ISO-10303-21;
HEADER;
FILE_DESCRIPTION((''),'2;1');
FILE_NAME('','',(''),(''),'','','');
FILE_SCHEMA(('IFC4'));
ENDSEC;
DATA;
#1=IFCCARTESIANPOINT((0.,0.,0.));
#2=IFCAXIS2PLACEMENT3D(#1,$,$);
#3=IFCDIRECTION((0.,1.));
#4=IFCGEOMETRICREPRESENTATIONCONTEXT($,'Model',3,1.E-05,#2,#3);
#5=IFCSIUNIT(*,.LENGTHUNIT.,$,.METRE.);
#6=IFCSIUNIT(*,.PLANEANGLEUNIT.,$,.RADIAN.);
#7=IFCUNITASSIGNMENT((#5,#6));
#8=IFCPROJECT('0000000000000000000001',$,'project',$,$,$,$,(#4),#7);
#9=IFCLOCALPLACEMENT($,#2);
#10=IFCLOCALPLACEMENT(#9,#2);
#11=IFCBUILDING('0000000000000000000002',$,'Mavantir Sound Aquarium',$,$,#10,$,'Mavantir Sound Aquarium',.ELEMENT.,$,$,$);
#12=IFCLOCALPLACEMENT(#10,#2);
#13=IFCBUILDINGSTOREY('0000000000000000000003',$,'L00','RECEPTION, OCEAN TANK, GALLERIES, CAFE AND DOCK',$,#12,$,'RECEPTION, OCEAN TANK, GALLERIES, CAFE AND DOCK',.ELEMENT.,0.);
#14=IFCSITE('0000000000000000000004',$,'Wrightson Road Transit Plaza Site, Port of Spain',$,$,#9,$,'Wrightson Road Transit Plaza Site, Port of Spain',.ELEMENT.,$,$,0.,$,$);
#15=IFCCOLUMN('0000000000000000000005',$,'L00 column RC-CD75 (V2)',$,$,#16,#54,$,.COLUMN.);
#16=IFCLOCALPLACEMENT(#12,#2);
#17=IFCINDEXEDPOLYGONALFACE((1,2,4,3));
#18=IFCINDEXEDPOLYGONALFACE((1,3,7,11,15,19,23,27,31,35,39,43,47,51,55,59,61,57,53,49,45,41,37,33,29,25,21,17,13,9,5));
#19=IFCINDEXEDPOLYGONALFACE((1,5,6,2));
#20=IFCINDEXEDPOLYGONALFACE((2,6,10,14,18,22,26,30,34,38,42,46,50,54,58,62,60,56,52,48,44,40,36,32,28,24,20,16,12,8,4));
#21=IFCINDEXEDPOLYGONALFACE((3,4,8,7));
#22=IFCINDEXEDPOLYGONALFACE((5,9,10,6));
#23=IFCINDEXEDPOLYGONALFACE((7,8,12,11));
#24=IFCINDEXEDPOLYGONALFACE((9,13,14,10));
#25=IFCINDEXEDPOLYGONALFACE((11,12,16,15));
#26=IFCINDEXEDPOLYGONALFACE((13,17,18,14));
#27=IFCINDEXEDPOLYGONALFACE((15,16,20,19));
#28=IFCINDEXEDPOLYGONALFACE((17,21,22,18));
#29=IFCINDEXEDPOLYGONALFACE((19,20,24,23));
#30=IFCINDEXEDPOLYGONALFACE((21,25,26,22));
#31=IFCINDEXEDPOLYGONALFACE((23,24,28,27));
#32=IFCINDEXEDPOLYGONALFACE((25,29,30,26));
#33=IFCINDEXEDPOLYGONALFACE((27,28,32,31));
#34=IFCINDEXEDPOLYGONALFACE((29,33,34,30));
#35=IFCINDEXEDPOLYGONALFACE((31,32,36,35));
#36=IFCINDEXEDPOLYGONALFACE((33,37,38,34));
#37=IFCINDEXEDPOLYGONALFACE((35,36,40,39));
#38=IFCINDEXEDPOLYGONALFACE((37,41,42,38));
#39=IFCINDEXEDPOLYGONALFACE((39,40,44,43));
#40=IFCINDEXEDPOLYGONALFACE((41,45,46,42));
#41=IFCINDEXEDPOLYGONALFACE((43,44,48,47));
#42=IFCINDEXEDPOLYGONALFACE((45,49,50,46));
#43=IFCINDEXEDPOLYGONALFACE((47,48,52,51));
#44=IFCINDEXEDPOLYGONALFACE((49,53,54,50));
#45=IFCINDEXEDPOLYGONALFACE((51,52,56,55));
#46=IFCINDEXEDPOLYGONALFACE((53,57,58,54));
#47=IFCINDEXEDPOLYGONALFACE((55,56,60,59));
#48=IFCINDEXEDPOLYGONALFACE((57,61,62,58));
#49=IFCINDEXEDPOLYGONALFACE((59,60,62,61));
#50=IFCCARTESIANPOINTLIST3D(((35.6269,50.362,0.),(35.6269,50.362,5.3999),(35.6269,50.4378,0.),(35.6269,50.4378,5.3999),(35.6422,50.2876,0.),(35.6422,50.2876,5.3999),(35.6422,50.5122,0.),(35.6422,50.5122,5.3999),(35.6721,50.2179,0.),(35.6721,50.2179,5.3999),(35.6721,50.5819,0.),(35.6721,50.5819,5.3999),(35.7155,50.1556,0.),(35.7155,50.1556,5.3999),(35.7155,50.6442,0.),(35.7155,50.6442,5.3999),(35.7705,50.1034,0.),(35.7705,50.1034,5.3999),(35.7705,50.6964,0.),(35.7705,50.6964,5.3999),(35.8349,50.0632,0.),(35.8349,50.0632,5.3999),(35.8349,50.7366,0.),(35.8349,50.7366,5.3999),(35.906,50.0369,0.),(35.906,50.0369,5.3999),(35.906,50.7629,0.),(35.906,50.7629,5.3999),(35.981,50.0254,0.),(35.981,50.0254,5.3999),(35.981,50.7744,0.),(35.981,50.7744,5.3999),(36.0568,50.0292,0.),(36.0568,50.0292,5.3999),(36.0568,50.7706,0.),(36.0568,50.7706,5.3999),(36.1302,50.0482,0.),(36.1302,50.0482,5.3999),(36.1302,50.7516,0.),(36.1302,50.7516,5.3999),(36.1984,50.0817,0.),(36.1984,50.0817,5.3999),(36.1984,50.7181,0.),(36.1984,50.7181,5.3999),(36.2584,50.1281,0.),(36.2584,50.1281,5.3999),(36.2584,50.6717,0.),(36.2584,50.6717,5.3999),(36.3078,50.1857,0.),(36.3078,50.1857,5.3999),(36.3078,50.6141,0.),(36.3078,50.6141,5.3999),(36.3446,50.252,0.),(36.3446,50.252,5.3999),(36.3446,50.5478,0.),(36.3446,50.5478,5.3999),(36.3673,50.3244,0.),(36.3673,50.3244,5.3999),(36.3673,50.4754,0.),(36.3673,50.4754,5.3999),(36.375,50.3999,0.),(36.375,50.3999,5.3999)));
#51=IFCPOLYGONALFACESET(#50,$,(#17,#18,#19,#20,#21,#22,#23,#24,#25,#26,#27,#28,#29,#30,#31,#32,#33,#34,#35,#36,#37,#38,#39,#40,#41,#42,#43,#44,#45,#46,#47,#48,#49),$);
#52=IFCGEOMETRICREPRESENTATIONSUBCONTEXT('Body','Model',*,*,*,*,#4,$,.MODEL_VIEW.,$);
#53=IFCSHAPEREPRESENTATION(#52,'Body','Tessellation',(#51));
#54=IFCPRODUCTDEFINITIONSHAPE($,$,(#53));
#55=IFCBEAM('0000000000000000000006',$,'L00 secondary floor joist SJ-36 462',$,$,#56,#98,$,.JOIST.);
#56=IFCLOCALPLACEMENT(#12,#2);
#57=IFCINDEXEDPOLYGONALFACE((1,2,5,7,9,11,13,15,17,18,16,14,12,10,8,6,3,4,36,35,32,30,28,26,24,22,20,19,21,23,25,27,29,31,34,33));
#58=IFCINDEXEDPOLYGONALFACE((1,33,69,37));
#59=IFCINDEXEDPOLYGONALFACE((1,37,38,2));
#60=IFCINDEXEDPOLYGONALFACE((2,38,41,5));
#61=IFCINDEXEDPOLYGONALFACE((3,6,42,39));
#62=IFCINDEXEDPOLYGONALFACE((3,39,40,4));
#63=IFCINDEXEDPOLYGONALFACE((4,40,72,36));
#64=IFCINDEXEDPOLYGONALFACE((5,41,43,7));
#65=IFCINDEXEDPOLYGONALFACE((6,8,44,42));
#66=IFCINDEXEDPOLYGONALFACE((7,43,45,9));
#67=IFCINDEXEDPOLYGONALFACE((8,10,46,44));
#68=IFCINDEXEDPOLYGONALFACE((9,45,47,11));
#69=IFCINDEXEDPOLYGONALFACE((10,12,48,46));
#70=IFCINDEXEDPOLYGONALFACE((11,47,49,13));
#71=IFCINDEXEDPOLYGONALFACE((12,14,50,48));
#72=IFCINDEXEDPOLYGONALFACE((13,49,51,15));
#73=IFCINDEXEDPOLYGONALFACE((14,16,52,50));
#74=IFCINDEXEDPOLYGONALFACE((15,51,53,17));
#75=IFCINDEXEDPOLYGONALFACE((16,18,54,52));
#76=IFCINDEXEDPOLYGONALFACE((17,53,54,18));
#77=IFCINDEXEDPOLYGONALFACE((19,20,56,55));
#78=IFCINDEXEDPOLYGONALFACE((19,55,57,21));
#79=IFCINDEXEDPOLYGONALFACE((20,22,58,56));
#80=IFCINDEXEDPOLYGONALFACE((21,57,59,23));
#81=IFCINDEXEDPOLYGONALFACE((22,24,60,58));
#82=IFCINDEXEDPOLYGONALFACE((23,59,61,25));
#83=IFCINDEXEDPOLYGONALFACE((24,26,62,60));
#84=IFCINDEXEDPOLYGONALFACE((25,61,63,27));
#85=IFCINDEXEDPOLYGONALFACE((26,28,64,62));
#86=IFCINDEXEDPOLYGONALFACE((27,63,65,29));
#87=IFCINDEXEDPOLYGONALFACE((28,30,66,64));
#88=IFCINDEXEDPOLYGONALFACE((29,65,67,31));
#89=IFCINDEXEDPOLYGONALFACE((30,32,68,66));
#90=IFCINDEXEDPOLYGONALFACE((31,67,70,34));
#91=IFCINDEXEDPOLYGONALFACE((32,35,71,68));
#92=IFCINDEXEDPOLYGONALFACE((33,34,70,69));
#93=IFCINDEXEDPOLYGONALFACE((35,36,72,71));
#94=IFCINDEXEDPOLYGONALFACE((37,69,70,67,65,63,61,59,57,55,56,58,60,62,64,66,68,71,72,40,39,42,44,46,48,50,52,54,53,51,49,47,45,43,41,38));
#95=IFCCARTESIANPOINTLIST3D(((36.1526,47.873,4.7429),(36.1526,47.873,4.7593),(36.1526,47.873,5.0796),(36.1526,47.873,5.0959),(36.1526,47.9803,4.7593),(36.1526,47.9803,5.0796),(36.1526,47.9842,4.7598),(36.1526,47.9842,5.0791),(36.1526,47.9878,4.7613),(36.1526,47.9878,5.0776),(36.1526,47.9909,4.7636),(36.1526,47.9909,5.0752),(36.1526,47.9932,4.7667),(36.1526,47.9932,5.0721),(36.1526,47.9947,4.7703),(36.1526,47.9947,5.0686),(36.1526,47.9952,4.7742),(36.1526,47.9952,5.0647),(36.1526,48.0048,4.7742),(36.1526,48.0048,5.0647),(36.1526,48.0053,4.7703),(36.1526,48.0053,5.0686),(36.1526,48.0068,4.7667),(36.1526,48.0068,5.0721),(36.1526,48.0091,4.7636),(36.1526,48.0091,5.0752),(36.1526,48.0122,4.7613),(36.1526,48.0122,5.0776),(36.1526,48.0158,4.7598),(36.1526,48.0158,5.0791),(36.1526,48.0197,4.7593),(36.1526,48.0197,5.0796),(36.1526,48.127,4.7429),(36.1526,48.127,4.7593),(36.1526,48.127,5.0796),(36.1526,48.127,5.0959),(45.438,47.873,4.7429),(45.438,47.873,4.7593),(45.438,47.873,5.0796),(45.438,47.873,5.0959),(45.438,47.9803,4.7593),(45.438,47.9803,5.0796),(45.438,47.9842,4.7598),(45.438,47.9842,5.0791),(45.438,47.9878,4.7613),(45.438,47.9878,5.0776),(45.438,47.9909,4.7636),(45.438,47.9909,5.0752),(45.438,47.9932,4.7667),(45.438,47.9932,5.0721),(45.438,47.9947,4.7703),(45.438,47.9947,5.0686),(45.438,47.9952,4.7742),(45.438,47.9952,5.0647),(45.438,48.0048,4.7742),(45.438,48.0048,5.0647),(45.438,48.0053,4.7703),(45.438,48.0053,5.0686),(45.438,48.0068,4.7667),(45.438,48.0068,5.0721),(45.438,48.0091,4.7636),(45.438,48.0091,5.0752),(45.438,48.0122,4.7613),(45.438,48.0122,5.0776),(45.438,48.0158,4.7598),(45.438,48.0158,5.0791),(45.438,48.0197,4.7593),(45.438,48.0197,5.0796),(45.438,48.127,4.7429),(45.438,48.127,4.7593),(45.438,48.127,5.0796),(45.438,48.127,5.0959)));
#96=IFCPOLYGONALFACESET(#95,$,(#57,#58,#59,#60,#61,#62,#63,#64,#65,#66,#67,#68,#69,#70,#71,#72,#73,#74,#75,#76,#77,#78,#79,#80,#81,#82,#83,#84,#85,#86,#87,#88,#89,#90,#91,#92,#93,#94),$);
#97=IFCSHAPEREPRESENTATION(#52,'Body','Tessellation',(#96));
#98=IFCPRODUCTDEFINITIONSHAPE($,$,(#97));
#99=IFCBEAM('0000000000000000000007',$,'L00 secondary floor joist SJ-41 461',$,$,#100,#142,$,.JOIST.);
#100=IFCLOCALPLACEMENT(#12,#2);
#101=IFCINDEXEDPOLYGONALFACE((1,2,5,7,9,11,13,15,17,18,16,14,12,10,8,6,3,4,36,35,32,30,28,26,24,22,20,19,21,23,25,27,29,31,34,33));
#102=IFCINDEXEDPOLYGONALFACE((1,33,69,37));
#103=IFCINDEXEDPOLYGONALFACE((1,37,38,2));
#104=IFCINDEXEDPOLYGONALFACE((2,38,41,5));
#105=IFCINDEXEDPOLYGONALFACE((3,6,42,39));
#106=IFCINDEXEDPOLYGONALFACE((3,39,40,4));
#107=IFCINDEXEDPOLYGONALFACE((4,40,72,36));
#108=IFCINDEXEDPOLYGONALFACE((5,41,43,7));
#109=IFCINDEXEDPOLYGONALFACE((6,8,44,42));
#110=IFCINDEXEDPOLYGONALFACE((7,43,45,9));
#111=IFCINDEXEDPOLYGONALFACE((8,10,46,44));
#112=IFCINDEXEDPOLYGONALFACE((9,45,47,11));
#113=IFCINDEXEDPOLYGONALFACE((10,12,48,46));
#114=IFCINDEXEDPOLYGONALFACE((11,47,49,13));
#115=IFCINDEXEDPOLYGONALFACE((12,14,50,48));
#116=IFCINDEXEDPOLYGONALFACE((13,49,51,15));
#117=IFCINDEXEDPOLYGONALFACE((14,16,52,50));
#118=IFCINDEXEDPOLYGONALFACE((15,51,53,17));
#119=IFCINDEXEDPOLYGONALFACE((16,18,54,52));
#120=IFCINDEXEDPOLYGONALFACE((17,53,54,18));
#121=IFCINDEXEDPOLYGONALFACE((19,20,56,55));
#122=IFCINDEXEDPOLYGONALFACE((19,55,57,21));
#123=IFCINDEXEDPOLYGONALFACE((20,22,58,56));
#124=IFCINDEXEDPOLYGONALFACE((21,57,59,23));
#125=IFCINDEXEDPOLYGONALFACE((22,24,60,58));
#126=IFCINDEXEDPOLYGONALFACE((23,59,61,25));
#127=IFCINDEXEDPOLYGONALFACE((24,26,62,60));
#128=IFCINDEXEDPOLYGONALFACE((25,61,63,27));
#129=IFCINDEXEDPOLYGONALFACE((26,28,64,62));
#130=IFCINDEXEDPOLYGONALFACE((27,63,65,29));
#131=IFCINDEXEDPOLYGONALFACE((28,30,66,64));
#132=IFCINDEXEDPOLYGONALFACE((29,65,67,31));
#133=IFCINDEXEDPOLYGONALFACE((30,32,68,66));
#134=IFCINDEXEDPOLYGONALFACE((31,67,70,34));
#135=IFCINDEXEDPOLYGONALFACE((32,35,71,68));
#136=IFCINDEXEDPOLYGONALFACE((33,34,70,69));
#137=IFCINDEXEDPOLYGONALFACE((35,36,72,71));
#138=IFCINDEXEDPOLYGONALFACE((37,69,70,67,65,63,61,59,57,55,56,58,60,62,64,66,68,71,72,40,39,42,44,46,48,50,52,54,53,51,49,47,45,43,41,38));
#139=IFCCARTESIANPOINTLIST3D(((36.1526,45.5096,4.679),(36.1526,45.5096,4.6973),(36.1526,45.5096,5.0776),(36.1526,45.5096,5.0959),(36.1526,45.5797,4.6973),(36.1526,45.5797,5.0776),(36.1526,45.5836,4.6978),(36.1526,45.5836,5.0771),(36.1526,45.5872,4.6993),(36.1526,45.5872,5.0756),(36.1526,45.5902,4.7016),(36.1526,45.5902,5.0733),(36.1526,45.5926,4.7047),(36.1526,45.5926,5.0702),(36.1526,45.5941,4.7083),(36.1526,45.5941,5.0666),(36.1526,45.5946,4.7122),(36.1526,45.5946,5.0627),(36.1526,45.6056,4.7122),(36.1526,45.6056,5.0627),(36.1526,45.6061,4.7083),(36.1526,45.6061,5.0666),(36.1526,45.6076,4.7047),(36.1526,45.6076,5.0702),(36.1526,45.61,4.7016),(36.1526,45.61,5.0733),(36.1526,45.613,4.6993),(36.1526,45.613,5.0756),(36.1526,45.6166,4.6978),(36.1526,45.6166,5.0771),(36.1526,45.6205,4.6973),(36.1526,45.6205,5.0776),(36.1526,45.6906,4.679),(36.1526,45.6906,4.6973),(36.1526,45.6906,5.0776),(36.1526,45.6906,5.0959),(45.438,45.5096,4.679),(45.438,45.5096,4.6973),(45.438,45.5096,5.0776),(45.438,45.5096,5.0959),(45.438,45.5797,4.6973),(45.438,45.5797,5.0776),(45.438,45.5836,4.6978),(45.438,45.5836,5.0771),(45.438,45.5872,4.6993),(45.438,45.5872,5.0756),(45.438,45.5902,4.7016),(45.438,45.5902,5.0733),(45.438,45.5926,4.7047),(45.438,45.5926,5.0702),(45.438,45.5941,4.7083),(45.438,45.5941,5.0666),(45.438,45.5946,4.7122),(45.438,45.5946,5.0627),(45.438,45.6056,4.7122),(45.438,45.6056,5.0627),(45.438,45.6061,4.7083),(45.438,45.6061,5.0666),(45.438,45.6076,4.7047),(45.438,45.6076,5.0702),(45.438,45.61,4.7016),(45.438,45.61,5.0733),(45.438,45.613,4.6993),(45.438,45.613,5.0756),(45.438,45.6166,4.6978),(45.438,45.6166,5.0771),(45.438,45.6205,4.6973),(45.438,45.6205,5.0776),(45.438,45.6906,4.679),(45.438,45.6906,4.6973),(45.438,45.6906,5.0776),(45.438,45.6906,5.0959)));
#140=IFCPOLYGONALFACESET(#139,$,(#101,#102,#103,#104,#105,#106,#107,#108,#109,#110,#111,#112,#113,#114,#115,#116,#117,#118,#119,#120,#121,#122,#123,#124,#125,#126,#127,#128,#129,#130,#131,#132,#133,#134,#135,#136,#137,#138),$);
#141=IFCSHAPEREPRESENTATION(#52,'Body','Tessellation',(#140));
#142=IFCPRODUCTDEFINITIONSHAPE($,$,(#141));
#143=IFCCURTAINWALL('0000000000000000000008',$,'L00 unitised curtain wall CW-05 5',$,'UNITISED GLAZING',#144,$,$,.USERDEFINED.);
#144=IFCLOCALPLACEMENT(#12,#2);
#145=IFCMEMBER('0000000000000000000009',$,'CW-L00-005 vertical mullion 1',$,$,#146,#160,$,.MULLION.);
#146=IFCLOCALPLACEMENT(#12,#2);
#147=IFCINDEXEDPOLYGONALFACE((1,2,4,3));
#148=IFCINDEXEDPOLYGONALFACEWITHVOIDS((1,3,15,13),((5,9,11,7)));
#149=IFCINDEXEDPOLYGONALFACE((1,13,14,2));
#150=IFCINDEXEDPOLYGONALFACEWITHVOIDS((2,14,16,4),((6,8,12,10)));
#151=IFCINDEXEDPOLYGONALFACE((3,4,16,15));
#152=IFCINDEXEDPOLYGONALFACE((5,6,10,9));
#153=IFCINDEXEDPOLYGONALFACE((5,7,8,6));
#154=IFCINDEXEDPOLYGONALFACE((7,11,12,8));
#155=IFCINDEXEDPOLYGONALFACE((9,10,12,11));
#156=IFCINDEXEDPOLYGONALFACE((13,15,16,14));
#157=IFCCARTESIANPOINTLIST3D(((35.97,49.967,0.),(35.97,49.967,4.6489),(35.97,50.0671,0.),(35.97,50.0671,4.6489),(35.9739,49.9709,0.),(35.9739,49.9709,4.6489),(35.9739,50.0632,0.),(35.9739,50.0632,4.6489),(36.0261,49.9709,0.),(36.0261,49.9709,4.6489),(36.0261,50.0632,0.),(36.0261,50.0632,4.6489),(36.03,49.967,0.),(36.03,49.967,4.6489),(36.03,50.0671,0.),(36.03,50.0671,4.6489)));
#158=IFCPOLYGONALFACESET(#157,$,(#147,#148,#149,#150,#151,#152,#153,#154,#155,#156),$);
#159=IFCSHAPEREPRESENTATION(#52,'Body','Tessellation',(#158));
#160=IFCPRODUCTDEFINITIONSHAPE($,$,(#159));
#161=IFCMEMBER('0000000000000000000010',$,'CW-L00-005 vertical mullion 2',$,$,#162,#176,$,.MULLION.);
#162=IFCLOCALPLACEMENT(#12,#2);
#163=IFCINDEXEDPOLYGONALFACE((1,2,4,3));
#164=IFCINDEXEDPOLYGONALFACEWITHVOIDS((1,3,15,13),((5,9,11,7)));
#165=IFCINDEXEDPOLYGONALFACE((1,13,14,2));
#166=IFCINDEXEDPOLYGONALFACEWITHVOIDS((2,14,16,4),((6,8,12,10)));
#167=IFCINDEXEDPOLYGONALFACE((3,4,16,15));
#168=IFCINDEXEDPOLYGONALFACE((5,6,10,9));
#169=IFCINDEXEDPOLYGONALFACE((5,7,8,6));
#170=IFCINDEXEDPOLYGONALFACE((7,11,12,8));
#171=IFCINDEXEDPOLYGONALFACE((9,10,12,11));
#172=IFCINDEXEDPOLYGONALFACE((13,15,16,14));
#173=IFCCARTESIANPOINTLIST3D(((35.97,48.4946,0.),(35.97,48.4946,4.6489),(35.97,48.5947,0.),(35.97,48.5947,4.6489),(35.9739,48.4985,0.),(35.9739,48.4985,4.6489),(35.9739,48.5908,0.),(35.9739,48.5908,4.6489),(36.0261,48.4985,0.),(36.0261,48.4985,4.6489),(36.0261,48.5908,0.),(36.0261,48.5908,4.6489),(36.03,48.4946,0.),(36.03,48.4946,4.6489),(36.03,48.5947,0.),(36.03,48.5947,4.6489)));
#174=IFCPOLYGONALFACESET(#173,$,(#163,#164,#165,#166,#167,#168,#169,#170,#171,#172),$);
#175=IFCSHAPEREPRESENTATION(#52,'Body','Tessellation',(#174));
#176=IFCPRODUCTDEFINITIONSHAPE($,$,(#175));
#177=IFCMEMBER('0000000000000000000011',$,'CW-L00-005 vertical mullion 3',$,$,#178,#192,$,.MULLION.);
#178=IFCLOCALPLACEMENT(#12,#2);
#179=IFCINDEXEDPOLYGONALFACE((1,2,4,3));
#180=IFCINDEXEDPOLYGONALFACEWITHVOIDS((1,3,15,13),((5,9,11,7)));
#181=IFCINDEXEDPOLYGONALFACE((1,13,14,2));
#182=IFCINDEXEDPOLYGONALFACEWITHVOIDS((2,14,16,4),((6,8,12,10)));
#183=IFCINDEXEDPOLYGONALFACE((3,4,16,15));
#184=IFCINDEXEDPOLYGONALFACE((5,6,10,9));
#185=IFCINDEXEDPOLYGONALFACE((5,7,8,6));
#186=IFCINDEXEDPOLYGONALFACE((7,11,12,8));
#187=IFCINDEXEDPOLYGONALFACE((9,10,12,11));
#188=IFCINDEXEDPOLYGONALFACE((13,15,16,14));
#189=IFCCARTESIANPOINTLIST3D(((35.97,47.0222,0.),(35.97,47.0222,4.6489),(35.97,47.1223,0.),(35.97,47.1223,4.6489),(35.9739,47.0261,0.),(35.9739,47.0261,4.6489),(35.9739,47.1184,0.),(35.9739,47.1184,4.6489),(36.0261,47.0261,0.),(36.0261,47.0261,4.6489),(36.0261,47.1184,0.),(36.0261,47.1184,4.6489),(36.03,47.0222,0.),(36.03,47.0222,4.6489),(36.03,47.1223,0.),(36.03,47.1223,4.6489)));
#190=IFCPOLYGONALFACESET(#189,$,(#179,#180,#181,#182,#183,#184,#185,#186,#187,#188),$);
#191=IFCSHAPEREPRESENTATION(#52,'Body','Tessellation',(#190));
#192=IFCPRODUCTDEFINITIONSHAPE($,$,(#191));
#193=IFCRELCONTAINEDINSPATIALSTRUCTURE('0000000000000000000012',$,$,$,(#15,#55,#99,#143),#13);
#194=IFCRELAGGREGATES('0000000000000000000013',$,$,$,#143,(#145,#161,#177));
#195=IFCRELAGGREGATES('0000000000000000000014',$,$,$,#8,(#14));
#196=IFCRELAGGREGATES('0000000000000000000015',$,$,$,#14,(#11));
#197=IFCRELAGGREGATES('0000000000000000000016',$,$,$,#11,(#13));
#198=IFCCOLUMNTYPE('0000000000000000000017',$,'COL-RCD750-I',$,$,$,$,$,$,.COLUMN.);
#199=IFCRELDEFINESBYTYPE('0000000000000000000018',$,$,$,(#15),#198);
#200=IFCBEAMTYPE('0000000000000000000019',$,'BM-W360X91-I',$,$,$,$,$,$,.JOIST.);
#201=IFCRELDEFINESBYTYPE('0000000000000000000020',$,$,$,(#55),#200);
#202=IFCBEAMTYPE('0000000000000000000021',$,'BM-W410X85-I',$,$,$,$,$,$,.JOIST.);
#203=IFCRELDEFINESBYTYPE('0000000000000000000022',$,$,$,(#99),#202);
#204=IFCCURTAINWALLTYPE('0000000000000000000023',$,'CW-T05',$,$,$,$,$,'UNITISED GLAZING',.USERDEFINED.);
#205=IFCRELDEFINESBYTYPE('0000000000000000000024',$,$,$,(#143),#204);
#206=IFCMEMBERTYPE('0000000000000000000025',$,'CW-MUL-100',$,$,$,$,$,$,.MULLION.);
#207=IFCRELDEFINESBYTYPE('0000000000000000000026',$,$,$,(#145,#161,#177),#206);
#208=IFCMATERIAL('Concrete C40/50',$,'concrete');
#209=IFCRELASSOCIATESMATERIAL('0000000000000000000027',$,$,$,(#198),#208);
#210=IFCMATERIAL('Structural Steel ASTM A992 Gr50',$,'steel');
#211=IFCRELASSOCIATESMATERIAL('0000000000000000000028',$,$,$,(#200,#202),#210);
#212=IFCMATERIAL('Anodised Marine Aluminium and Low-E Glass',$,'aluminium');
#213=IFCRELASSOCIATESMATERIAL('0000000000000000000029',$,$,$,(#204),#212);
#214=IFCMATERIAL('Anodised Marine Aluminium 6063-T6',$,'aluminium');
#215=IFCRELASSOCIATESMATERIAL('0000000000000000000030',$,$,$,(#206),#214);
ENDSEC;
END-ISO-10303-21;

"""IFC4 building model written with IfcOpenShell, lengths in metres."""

from ifc_helpers import new_model, si_unit, direction, frame, origin, origin_2d, place, context, subcontext, project, spatial, hollow_rectangle, circle, i_section, extrude, material, material_profile, profile_set, type_object, element, aggregate, save


model = new_model("IFC4")

# Units and contexts
model_context = context("Model", 3, precision=1e-05, world=origin(), true_north=direction((0.0, 1.0)))
body_context = subcontext(model_context, "Body", "Model", "MODEL_VIEW")
ifc_project = project(units=[si_unit("LENGTHUNIT", "METRE"), si_unit("PLANEANGLEUNIT", "RADIAN")], contexts=[model_context])

# Site, building, storey
site_placement = place(None, origin())
site = spatial("IfcSite", under=ifc_project, at=site_placement, Name="Wrightson Road Transit Plaza Site, Port of Spain", LongName="Wrightson Road Transit Plaza Site, Port of Spain", CompositionType="ELEMENT", RefElevation=0.0)
building_placement = place(site_placement, origin())
building = spatial("IfcBuilding", under=site, at=building_placement, Name="Mavantir Sound Aquarium", LongName="Mavantir Sound Aquarium", CompositionType="ELEMENT")
storey_placement = place(building_placement, origin())
storey = spatial("IfcBuildingStorey", under=building, at=storey_placement, Name="L00", Description="RECEPTION, OCEAN TANK, GALLERIES, CAFE AND DOCK", LongName="RECEPTION, OCEAN TANK, GALLERIES, CAFE AND DOCK", CompositionType="ELEMENT", Elevation=0.0)

# Column
ifc_material_1 = material(Name="Concrete C40/50", Category="concrete")
ifc_material_profile_1 = material_profile(ifc_material_1, circle(Radius=0.375, at=origin_2d()), Name="RC D750")
ifc_profile_set_1 = profile_set([ifc_material_profile_1], Name="Concrete C40/50")
column_type = type_object("IfcColumnType", Name="COL-RCD750-I", PredefinedType="COLUMN", material=ifc_profile_set_1)
column_placement = place(storey_placement, frame((36.0, 50.3999, 0.0), z_axis=(0.0, 0.0, 1.0), x_axis=(1.0, 0.0, 0.0)))
element("IfcColumn", 1, at=column_placement, inside=storey, type_object=column_type, Name="L00 column RC-CD75 (V2)", PredefinedType="COLUMN", context=body_context, shape_type="SweptSolid", body=[
    extrude(circle(Radius=0.375, at=origin_2d()), origin(), (0.0, 0.0, 1.0), 5.3999),
])

# Beams
ifc_material_2 = material(Name="Structural Steel ASTM A992 Gr50", Category="steel")
ifc_material_profile_2 = material_profile(ifc_material_2, i_section(OverallWidth=0.2539, OverallDepth=0.353, WebThickness=0.0095, FlangeThickness=0.0164, FilletRadius=0.0149, at=origin_2d()), Name="W360X91")
ifc_profile_set_2 = profile_set([ifc_material_profile_2], Name="Structural Steel ASTM A992 Gr50")
beam_type_1 = type_object("IfcBeamType", Name="BM-W360X91-I", PredefinedType="JOIST", material=ifc_profile_set_2)
beam_1_placement = place(storey_placement, frame((36.1526, 48.0, 4.9194), z_axis=(1.0, 0.0, 0.0), x_axis=(0.0, 1.0, 0.0)))
element("IfcBeam", 2, at=beam_1_placement, inside=storey, type_object=beam_type_1, Name="L00 secondary floor joist SJ-36 462", PredefinedType="JOIST", context=body_context, shape_type="SweptSolid", body=[
    extrude(i_section(OverallWidth=0.2539, OverallDepth=0.353, WebThickness=0.0095, FlangeThickness=0.0164, FilletRadius=0.0149, at=origin_2d()), origin(), (0.0, 0.0, 1.0), 9.2854),
])
ifc_material_profile_3 = material_profile(ifc_material_2, i_section(OverallWidth=0.1809, OverallDepth=0.417, WebThickness=0.011, FlangeThickness=0.0183, FilletRadius=0.0149, at=origin_2d()), Name="W410X85")
ifc_profile_set_3 = profile_set([ifc_material_profile_3], Name="Structural Steel ASTM A992 Gr50")
beam_type_2 = type_object("IfcBeamType", Name="BM-W410X85-I", PredefinedType="JOIST", material=ifc_profile_set_3)
beam_2_placement = place(storey_placement, frame((36.1526, 45.6001, 4.8875), z_axis=(1.0, 0.0, 0.0), x_axis=(0.0, 1.0, 0.0)))
element("IfcBeam", 3, at=beam_2_placement, inside=storey, type_object=beam_type_2, Name="L00 secondary floor joist SJ-41 461", PredefinedType="JOIST", context=body_context, shape_type="SweptSolid", body=[
    extrude(i_section(OverallWidth=0.1809, OverallDepth=0.417, WebThickness=0.011, FlangeThickness=0.0183, FilletRadius=0.0149, at=origin_2d()), origin(), (0.0, 0.0, 1.0), 9.2854),
])

# Curtain wall, members
ifc_material_3 = material(Name="Anodised Marine Aluminium and Low-E Glass", Category="aluminium")
curtain_wall_type = type_object("IfcCurtainWallType", Name="CW-T05", ElementType="UNITISED GLAZING", PredefinedType="USERDEFINED", material=ifc_material_3)
curtain_wall_placement = place(storey_placement, origin())
curtain_wall = element("IfcCurtainWall", 4, at=curtain_wall_placement, inside=storey, type_object=curtain_wall_type, Name="L00 unitised curtain wall CW-05 5", ObjectType="UNITISED GLAZING", PredefinedType="USERDEFINED")
ifc_material_4 = material(Name="Anodised Marine Aluminium 6063-T6", Category="aluminium")
ifc_material_profile_4 = material_profile(ifc_material_4, hollow_rectangle(XDim=0.0601, YDim=0.1001, WallThickness=0.0039, at=origin_2d()), Name="ALU-MULLION-100X60")
ifc_profile_set_4 = profile_set([ifc_material_profile_4], Name="Anodised Marine Aluminium 6063-T6")
member_type_1 = type_object("IfcMemberType", Name="CW-MUL-100", PredefinedType="MULLION", material=ifc_profile_set_4)
member_1_placement = place(storey_placement, frame((36.0, 50.0171, 0.0), z_axis=(0.0, 0.0, 1.0), x_axis=(1.0, 0.0, 0.0)))
member_1 = element("IfcMember", 5, at=member_1_placement, type_object=member_type_1, Name="CW-L00-005 vertical mullion 1", PredefinedType="MULLION", context=body_context, shape_type="SweptSolid", body=[
    extrude(hollow_rectangle(XDim=0.0601, YDim=0.1001, WallThickness=0.0039, at=origin_2d()), origin(), (0.0, 0.0, 1.0), 4.6489),
])
member_2_placement = place(storey_placement, frame((36.0, 48.5447, 0.0), z_axis=(0.0, 0.0, 1.0), x_axis=(1.0, 0.0, 0.0)))
member_2 = element("IfcMember", 6, at=member_2_placement, type_object=member_type_1, Name="CW-L00-005 vertical mullion 2", PredefinedType="MULLION", context=body_context, shape_type="SweptSolid", body=[
    extrude(hollow_rectangle(XDim=0.0601, YDim=0.1001, WallThickness=0.0039, at=origin_2d()), origin(), (0.0, 0.0, 1.0), 4.6489),
])
member_3_placement = place(storey_placement, frame((36.0, 47.0723, 0.0), z_axis=(0.0, 0.0, 1.0), x_axis=(1.0, 0.0, 0.0)))
member_3 = element("IfcMember", 7, at=member_3_placement, type_object=member_type_1, Name="CW-L00-005 vertical mullion 3", PredefinedType="MULLION", context=body_context, shape_type="SweptSolid", body=[
    extrude(hollow_rectangle(XDim=0.0601, YDim=0.1001, WallThickness=0.0039, at=origin_2d()), origin(), (0.0, 0.0, 1.0), 4.6489),
])
aggregate(curtain_wall, [member_1, member_2, member_3])

save(model, "model.ifc")
